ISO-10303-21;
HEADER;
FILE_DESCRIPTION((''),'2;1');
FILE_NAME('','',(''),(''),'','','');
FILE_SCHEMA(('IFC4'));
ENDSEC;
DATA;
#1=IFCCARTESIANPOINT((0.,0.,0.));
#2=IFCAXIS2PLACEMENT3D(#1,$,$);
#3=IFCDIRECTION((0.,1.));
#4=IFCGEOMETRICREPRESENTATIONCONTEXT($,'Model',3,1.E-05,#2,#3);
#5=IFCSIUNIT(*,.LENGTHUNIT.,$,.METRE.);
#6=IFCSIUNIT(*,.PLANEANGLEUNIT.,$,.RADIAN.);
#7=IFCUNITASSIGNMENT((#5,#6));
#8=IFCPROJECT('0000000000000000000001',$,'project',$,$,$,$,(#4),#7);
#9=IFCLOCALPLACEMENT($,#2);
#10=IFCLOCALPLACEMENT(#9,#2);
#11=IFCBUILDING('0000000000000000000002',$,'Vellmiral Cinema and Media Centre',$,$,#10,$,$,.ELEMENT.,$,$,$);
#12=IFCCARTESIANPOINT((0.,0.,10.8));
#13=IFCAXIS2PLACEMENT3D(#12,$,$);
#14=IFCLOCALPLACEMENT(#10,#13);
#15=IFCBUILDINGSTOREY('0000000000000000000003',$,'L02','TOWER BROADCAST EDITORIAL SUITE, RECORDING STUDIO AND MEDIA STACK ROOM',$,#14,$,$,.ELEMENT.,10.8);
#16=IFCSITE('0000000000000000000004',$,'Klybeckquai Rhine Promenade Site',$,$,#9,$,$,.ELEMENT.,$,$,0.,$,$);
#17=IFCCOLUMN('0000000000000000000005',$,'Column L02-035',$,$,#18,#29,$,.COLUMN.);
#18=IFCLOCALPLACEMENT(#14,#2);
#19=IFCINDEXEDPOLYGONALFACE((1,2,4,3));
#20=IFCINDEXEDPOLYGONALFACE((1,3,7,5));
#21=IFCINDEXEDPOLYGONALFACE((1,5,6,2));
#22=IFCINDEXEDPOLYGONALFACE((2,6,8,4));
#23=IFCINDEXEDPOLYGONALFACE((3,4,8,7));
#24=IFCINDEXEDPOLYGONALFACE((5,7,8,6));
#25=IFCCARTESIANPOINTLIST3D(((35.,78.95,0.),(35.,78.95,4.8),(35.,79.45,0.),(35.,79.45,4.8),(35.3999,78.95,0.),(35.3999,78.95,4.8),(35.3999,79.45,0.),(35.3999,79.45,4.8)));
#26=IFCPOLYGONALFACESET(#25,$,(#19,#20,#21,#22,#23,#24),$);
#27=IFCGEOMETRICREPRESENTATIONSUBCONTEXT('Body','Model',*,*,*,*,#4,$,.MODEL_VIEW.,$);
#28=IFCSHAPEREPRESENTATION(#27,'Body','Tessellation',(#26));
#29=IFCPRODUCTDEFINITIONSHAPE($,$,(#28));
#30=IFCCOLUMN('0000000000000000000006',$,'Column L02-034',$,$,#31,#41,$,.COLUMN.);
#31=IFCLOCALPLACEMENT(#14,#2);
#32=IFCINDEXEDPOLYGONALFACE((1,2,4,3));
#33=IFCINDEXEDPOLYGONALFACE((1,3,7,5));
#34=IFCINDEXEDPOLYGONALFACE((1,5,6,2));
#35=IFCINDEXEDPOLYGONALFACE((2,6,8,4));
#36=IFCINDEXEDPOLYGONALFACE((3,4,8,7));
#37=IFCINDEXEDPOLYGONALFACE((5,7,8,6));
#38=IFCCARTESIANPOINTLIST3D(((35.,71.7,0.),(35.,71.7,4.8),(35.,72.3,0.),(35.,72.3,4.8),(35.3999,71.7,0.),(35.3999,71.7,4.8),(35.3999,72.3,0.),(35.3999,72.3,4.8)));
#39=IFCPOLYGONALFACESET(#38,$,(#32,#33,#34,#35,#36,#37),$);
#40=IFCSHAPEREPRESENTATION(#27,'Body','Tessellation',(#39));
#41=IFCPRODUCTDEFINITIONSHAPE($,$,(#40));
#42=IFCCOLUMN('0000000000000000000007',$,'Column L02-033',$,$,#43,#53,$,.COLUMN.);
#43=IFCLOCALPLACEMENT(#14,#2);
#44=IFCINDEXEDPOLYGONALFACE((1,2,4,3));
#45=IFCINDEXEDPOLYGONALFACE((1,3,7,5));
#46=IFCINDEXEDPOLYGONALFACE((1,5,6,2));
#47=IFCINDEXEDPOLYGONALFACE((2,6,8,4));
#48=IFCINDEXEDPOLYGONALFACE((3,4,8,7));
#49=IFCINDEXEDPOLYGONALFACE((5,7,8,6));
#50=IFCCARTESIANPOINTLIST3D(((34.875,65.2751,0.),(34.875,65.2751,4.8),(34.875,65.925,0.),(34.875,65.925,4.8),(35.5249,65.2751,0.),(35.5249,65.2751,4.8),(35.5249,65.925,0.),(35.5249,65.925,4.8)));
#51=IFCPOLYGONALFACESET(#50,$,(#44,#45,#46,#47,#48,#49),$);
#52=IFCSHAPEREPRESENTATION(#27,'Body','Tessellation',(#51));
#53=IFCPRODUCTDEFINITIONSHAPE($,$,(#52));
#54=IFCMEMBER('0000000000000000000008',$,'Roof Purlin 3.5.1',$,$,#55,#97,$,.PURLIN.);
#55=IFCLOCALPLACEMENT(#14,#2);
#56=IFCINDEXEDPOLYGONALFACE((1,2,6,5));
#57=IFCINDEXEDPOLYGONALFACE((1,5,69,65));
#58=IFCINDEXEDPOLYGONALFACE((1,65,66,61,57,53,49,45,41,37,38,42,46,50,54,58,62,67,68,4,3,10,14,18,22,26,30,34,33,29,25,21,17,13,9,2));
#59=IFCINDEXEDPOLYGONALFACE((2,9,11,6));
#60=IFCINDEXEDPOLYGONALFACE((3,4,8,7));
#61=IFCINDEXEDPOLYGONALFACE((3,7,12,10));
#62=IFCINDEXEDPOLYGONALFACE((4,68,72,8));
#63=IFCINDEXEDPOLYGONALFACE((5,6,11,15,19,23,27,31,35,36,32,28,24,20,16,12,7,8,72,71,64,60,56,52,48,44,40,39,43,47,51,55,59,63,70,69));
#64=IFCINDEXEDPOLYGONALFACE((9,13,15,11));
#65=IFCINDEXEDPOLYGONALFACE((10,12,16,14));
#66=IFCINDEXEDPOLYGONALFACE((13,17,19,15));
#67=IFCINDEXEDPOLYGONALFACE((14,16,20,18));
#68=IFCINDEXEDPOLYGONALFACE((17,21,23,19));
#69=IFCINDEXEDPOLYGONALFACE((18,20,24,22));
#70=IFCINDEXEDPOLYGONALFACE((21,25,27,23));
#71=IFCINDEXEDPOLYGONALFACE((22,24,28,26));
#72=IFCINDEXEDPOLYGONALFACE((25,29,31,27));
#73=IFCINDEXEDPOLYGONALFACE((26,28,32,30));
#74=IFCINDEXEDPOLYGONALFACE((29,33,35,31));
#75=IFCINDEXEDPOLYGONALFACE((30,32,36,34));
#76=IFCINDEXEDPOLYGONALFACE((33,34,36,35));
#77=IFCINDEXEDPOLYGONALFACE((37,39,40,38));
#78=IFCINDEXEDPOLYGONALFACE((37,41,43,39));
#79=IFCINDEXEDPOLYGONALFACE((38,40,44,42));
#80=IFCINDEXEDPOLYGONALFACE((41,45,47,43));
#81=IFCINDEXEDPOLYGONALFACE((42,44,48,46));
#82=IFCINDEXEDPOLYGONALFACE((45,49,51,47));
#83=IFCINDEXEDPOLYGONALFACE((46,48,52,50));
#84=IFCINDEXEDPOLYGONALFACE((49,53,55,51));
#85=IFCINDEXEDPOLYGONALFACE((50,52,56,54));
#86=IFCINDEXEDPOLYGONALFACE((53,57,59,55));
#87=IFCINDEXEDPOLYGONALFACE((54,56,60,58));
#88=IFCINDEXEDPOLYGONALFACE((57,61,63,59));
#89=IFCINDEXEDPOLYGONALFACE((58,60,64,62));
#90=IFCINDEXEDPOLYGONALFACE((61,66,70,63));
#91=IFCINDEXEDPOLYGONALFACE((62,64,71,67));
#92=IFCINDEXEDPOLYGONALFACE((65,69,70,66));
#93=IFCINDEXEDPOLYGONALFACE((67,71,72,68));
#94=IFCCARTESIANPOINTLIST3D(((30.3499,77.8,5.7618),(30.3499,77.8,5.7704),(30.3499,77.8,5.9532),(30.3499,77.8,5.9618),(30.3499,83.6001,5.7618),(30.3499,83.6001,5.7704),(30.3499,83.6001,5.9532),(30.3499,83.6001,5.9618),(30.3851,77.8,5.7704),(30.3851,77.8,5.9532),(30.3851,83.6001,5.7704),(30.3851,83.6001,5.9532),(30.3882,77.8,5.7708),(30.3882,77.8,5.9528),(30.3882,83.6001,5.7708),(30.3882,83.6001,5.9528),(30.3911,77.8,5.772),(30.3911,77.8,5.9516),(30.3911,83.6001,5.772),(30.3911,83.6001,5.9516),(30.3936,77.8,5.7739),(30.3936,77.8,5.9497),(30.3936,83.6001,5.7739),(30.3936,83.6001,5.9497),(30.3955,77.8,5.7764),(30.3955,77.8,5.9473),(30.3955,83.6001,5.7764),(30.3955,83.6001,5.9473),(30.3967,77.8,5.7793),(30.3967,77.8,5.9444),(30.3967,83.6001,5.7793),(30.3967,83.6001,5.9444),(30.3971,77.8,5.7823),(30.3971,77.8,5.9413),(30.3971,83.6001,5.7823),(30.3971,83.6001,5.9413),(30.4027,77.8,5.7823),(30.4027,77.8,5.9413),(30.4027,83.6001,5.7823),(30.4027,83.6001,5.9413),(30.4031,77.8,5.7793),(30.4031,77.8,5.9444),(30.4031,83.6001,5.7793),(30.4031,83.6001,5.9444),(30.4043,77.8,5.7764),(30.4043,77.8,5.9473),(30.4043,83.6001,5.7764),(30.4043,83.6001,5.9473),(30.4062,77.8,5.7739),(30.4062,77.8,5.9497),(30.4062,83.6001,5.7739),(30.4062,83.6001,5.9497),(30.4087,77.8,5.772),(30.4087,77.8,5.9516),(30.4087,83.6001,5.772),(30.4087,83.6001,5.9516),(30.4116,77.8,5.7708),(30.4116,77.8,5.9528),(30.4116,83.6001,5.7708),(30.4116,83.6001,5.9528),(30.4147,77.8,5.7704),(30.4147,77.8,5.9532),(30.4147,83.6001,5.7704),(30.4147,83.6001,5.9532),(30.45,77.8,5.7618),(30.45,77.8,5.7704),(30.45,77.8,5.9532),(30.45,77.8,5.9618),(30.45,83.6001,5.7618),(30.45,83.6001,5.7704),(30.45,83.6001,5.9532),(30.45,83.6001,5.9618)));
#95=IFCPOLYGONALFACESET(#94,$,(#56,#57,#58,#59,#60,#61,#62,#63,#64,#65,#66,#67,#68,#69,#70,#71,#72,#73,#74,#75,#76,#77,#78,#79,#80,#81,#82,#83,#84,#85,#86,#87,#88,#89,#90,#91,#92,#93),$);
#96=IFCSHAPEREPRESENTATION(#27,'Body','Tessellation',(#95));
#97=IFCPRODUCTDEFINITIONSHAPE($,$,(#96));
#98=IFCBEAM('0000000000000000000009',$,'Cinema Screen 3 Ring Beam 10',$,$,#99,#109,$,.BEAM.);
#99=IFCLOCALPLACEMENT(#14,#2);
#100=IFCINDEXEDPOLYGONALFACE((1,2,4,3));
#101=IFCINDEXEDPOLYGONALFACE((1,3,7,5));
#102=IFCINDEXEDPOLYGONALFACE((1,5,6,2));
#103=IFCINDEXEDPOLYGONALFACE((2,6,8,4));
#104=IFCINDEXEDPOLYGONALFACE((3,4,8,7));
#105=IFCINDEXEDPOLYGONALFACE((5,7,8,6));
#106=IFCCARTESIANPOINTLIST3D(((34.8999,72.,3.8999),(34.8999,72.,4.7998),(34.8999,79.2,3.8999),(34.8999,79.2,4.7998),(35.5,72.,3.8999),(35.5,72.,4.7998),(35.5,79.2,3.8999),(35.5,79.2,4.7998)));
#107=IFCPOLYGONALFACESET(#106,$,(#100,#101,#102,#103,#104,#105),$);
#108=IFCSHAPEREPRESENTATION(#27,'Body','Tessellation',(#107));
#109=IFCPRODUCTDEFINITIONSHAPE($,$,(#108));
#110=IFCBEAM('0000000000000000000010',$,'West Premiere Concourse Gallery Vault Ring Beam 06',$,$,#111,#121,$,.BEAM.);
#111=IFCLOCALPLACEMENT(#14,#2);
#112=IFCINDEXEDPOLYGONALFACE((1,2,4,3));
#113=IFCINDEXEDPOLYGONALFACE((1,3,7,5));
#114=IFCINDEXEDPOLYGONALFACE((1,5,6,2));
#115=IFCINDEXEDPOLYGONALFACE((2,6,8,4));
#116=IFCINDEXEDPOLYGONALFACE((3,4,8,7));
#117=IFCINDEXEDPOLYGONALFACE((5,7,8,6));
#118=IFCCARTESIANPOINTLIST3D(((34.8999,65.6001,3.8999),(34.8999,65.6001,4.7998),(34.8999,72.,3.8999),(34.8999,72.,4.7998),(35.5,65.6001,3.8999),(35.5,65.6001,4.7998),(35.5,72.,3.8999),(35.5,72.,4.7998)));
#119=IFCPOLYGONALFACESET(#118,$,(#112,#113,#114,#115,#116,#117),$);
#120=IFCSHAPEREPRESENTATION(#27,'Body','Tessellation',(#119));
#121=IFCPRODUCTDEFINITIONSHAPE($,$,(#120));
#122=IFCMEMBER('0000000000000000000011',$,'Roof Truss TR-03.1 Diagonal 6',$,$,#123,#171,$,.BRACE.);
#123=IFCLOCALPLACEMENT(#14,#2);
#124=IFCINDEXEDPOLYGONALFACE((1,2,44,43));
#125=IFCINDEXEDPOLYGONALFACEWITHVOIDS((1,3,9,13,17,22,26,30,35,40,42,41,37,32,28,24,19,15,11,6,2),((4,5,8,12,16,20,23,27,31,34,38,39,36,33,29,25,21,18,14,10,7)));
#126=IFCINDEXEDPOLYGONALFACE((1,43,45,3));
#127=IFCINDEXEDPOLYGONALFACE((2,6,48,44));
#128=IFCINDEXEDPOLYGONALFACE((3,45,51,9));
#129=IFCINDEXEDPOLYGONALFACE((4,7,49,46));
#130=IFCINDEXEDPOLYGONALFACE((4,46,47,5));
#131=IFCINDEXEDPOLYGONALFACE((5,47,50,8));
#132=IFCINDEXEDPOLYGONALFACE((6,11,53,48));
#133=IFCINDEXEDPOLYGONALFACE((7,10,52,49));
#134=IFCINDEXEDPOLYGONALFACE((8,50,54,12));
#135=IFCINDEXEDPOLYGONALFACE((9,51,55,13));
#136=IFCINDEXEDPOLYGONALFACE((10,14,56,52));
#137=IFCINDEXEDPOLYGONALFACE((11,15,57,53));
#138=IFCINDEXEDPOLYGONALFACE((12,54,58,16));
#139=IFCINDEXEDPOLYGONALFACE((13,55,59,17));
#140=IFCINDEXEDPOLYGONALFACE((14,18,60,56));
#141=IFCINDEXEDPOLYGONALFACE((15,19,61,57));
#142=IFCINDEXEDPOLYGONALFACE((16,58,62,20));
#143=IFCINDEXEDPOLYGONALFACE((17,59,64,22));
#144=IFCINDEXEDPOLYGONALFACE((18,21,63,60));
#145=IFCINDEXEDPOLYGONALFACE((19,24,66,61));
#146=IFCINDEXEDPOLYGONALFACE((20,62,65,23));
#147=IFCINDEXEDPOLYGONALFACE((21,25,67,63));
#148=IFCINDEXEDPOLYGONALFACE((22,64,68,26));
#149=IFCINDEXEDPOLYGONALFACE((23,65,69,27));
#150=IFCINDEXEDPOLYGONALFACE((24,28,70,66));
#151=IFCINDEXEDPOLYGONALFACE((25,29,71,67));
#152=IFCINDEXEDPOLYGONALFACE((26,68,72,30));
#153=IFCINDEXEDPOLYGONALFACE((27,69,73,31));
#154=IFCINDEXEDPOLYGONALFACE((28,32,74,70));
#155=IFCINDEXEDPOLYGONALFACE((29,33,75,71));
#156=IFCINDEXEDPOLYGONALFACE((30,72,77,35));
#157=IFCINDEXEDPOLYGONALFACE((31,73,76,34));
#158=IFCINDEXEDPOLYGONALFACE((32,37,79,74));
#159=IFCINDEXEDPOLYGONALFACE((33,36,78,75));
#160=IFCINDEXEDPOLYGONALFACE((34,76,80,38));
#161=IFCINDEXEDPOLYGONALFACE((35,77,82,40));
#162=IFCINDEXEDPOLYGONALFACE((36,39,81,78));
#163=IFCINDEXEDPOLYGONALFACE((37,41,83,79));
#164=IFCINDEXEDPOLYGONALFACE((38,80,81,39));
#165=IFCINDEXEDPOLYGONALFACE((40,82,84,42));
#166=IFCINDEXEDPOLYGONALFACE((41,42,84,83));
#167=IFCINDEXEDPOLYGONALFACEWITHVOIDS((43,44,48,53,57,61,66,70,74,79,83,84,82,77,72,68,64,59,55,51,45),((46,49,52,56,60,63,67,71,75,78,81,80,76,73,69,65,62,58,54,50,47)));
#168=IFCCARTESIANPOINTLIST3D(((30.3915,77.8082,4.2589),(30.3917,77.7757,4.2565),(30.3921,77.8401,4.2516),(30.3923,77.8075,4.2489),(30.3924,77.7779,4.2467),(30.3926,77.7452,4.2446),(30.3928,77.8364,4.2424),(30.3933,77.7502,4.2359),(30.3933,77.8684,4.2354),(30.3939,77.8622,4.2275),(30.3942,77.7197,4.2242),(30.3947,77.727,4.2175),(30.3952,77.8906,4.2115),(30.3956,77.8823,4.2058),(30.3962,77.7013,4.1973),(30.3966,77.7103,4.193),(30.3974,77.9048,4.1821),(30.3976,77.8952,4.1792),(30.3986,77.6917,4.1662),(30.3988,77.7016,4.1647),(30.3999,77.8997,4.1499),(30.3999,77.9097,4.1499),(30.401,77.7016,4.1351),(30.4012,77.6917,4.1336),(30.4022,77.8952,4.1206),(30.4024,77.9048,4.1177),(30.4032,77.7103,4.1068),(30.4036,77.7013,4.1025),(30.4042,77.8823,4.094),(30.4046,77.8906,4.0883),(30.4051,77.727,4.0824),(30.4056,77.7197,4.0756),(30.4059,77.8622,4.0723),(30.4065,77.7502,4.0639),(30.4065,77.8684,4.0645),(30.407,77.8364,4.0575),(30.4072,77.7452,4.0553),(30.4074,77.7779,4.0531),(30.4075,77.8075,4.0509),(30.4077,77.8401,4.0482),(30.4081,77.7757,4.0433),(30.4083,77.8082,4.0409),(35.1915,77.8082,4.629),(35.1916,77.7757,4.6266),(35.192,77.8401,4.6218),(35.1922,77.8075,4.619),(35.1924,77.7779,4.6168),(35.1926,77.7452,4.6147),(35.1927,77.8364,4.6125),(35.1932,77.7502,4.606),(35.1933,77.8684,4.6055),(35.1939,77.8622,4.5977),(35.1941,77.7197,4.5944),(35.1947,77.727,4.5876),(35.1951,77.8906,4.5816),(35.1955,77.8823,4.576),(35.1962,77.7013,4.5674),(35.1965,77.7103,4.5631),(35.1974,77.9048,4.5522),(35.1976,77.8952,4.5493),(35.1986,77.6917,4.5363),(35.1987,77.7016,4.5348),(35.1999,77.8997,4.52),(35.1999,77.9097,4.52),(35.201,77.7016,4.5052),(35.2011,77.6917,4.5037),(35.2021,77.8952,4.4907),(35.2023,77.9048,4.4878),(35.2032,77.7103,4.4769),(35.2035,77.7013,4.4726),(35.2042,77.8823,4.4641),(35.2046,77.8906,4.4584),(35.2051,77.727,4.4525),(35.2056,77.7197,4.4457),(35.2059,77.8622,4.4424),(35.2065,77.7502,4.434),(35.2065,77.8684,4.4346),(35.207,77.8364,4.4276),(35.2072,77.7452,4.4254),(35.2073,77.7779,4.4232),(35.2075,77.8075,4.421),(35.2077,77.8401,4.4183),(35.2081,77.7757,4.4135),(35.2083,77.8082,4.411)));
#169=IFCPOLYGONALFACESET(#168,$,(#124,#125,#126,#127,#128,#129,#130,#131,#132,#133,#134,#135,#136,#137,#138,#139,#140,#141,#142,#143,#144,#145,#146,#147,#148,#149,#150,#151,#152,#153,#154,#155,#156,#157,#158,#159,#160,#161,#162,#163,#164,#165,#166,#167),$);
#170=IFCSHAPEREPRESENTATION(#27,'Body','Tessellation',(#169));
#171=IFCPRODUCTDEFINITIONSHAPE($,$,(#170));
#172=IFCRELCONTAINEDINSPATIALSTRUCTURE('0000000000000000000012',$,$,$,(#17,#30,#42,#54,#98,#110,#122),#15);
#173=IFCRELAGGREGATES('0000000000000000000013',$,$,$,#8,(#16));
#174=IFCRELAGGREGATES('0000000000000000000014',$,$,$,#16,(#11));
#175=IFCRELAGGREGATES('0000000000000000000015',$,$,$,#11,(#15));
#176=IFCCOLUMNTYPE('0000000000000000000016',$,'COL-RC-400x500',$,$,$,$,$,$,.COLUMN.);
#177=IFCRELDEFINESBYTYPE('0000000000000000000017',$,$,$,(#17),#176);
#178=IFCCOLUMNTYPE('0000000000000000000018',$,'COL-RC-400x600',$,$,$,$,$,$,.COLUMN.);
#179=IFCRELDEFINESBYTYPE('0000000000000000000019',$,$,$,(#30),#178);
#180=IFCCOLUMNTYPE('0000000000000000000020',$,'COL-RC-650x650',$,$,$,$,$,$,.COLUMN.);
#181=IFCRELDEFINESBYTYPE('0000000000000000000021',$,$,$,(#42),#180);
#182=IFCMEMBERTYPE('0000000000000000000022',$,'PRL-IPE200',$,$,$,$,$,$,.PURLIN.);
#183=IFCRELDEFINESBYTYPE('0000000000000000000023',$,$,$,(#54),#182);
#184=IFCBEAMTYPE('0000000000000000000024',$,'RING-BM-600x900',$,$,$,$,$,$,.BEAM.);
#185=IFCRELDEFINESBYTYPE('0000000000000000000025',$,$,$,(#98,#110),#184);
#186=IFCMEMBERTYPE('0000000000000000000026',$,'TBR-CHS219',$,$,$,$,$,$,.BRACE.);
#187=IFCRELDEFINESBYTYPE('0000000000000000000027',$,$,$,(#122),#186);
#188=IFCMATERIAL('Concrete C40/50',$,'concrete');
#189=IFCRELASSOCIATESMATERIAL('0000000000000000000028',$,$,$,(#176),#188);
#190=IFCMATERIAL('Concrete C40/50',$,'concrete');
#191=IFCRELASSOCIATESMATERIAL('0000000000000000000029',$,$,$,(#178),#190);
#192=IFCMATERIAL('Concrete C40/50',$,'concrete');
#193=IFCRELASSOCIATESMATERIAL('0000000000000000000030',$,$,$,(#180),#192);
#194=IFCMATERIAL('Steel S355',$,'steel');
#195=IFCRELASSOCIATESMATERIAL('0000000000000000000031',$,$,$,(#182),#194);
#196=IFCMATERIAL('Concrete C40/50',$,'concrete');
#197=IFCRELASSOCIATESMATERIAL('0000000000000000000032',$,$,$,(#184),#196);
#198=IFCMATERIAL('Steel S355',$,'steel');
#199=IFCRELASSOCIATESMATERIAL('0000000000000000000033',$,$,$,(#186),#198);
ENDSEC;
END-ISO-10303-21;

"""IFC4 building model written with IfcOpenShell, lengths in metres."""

from ifc_helpers import new_model, si_unit, direction, frame, origin, origin_2d, place, context, subcontext, project, spatial, rectangle, hollow_circle, i_section, extrude, material, material_profile, profile_set, type_object, element, save


model = new_model("IFC4")

# Units and contexts
model_context = context("Model", 3, precision=1e-05, world=origin(), true_north=direction((0.0, 1.0)))
body_context = subcontext(model_context, "Body", "Model", "MODEL_VIEW")
ifc_project = project(units=[si_unit("LENGTHUNIT", "METRE"), si_unit("PLANEANGLEUNIT", "RADIAN")], contexts=[model_context])

# Site, building, storey
site_placement = place(None, origin())
site = spatial("IfcSite", under=ifc_project, at=site_placement, Name="Klybeckquai Rhine Promenade Site", CompositionType="ELEMENT", RefElevation=0.0)
building_placement = place(site_placement, origin())
building = spatial("IfcBuilding", under=site, at=building_placement, Name="Vellmiral Cinema and Media Centre", CompositionType="ELEMENT")
storey_placement = place(building_placement, frame((0.0, 0.0, 10.8)))
storey = spatial("IfcBuildingStorey", under=building, at=storey_placement, Name="L02", Description="TOWER BROADCAST EDITORIAL SUITE, RECORDING STUDIO AND MEDIA STACK ROOM", CompositionType="ELEMENT", Elevation=10.8)

# Columns
ifc_material_1 = material(Name="Concrete C40/50", Category="concrete")
ifc_material_profile_1 = material_profile(ifc_material_1, rectangle(XDim=0.3999, YDim=0.5, at=origin_2d()), Name="RC 400x500")
ifc_profile_set_1 = profile_set([ifc_material_profile_1], Name="Concrete C40/50")
column_type_1 = type_object("IfcColumnType", Name="COL-RC-400x500", PredefinedType="COLUMN", material=ifc_profile_set_1)
column_1_placement = place(storey_placement, frame((35.2, 79.2, 0.0), z_axis=(0.0, 0.0, 1.0), x_axis=(1.0, 0.0, 0.0)))
element("IfcColumn", 1, at=column_1_placement, inside=storey, type_object=column_type_1, Name="Column L02-035", PredefinedType="COLUMN", context=body_context, shape_type="SweptSolid", body=[
    extrude(rectangle(XDim=0.3999, YDim=0.5, at=origin_2d()), origin(), (0.0, 0.0, 1.0), 4.8),
])
ifc_material_2 = material(Name="Concrete C40/50", Category="concrete")
ifc_material_profile_2 = material_profile(ifc_material_2, rectangle(XDim=0.3999, YDim=0.6001, at=origin_2d()), Name="RC 400x600")
ifc_profile_set_2 = profile_set([ifc_material_profile_2], Name="Concrete C40/50")
column_type_2 = type_object("IfcColumnType", Name="COL-RC-400x600", PredefinedType="COLUMN", material=ifc_profile_set_2)
column_2_placement = place(storey_placement, frame((35.2, 72.0, 0.0), z_axis=(0.0, 0.0, 1.0), x_axis=(1.0, 0.0, 0.0)))
element("IfcColumn", 2, at=column_2_placement, inside=storey, type_object=column_type_2, Name="Column L02-034", PredefinedType="COLUMN", context=body_context, shape_type="SweptSolid", body=[
    extrude(rectangle(XDim=0.3999, YDim=0.6001, at=origin_2d()), origin(), (0.0, 0.0, 1.0), 4.8),
])
ifc_material_3 = material(Name="Concrete C40/50", Category="concrete")
ifc_material_profile_3 = material_profile(ifc_material_3, rectangle(XDim=0.6499, YDim=0.6499, at=origin_2d()), Name="RC 650x650")
ifc_profile_set_3 = profile_set([ifc_material_profile_3], Name="Concrete C40/50")
column_type_3 = type_object("IfcColumnType", Name="COL-RC-650x650", PredefinedType="COLUMN", material=ifc_profile_set_3)
column_3_placement = place(storey_placement, frame((35.2, 65.6001, 0.0), z_axis=(0.0, 0.0, 1.0), x_axis=(1.0, 0.0, 0.0)))
element("IfcColumn", 3, at=column_3_placement, inside=storey, type_object=column_type_3, Name="Column L02-033", PredefinedType="COLUMN", context=body_context, shape_type="SweptSolid", body=[
    extrude(rectangle(XDim=0.6499, YDim=0.6499, at=origin_2d()), origin(), (0.0, 0.0, 1.0), 4.8),
])

# Member
ifc_material_4 = material(Name="Steel S355", Category="steel")
ifc_material_profile_4 = material_profile(ifc_material_4, i_section(OverallWidth=0.1001, OverallDepth=0.2, WebThickness=0.0056, FlangeThickness=0.0085, FilletRadius=0.012, at=origin_2d()), Name="IPE 200")
ifc_profile_set_4 = profile_set([ifc_material_profile_4], Name="Steel S355")
member_type_1 = type_object("IfcMemberType", Name="PRL-IPE200", PredefinedType="PURLIN", material=ifc_profile_set_4)
member_1_placement = place(storey_placement, frame((30.3999, 77.8, 5.8618), z_axis=(0.0, 1.0, 0.0), x_axis=(-1.0, 0.0, 0.0)))
element("IfcMember", 4, at=member_1_placement, inside=storey, type_object=member_type_1, Name="Roof Purlin 3.5.1", PredefinedType="PURLIN", context=body_context, shape_type="SweptSolid", body=[
    extrude(i_section(OverallWidth=0.1001, OverallDepth=0.2, WebThickness=0.0056, FlangeThickness=0.0085, FilletRadius=0.012, at=origin_2d()), origin(), (0.0, 0.0, 1.0), 5.8),
])

# Beams
ifc_material_5 = material(Name="Concrete C40/50", Category="concrete")
ifc_material_profile_5 = material_profile(ifc_material_5, rectangle(XDim=0.6001, YDim=0.8999, at=origin_2d()), Name="RC 600x900")
ifc_profile_set_5 = profile_set([ifc_material_profile_5], Name="Concrete C40/50")
beam_type = type_object("IfcBeamType", Name="RING-BM-600x900", PredefinedType="BEAM", material=ifc_profile_set_5)
beam_1_placement = place(storey_placement, frame((35.2, 72.0, 4.3499), z_axis=(0.0, 1.0, 0.0), x_axis=(-1.0, 0.0, 0.0)))
element("IfcBeam", 5, at=beam_1_placement, inside=storey, type_object=beam_type, Name="Cinema Screen 3 Ring Beam 10", PredefinedType="BEAM", context=body_context, shape_type="SweptSolid", body=[
    extrude(rectangle(XDim=0.6001, YDim=0.8999, at=origin_2d()), origin(), (0.0, 0.0, 1.0), 7.2),
])
beam_2_placement = place(storey_placement, frame((35.2, 65.6001, 4.3499), z_axis=(0.0, 1.0, 0.0), x_axis=(-1.0, 0.0, 0.0)))
element("IfcBeam", 6, at=beam_2_placement, inside=storey, type_object=beam_type, Name="West Premiere Concourse Gallery Vault Ring Beam 06", PredefinedType="BEAM", context=body_context, shape_type="SweptSolid", body=[
    extrude(rectangle(XDim=0.6001, YDim=0.8999, at=origin_2d()), origin(), (0.0, 0.0, 1.0), 6.3999),
])

# Member
ifc_material_6 = material(Name="Steel S355", Category="steel")
ifc_material_profile_6 = material_profile(ifc_material_6, hollow_circle(Radius=0.1096, WallThickness=0.01, at=origin_2d()), Name="CHS 219.1x10.0")
ifc_profile_set_6 = profile_set([ifc_material_profile_6], Name="Steel S355")
member_type_2 = type_object("IfcMemberType", Name="TBR-CHS219", PredefinedType="BRACE", material=ifc_profile_set_6)
member_2_placement = place(storey_placement, frame((30.3999, 77.8, 4.1499), z_axis=(0.99704, 0.0, 0.076879), x_axis=(0.0, 1.0, 0.0)))
element("IfcMember", 7, at=member_2_placement, inside=storey, type_object=member_type_2, Name="Roof Truss TR-03.1 Diagonal 6", PredefinedType="BRACE", context=body_context, shape_type="SweptSolid", body=[
    extrude(hollow_circle(Radius=0.1096, WallThickness=0.01, at=origin_2d()), origin(), (0.0, 0.0, 1.0), 4.8142),
])

save(model, "model.ifc")
